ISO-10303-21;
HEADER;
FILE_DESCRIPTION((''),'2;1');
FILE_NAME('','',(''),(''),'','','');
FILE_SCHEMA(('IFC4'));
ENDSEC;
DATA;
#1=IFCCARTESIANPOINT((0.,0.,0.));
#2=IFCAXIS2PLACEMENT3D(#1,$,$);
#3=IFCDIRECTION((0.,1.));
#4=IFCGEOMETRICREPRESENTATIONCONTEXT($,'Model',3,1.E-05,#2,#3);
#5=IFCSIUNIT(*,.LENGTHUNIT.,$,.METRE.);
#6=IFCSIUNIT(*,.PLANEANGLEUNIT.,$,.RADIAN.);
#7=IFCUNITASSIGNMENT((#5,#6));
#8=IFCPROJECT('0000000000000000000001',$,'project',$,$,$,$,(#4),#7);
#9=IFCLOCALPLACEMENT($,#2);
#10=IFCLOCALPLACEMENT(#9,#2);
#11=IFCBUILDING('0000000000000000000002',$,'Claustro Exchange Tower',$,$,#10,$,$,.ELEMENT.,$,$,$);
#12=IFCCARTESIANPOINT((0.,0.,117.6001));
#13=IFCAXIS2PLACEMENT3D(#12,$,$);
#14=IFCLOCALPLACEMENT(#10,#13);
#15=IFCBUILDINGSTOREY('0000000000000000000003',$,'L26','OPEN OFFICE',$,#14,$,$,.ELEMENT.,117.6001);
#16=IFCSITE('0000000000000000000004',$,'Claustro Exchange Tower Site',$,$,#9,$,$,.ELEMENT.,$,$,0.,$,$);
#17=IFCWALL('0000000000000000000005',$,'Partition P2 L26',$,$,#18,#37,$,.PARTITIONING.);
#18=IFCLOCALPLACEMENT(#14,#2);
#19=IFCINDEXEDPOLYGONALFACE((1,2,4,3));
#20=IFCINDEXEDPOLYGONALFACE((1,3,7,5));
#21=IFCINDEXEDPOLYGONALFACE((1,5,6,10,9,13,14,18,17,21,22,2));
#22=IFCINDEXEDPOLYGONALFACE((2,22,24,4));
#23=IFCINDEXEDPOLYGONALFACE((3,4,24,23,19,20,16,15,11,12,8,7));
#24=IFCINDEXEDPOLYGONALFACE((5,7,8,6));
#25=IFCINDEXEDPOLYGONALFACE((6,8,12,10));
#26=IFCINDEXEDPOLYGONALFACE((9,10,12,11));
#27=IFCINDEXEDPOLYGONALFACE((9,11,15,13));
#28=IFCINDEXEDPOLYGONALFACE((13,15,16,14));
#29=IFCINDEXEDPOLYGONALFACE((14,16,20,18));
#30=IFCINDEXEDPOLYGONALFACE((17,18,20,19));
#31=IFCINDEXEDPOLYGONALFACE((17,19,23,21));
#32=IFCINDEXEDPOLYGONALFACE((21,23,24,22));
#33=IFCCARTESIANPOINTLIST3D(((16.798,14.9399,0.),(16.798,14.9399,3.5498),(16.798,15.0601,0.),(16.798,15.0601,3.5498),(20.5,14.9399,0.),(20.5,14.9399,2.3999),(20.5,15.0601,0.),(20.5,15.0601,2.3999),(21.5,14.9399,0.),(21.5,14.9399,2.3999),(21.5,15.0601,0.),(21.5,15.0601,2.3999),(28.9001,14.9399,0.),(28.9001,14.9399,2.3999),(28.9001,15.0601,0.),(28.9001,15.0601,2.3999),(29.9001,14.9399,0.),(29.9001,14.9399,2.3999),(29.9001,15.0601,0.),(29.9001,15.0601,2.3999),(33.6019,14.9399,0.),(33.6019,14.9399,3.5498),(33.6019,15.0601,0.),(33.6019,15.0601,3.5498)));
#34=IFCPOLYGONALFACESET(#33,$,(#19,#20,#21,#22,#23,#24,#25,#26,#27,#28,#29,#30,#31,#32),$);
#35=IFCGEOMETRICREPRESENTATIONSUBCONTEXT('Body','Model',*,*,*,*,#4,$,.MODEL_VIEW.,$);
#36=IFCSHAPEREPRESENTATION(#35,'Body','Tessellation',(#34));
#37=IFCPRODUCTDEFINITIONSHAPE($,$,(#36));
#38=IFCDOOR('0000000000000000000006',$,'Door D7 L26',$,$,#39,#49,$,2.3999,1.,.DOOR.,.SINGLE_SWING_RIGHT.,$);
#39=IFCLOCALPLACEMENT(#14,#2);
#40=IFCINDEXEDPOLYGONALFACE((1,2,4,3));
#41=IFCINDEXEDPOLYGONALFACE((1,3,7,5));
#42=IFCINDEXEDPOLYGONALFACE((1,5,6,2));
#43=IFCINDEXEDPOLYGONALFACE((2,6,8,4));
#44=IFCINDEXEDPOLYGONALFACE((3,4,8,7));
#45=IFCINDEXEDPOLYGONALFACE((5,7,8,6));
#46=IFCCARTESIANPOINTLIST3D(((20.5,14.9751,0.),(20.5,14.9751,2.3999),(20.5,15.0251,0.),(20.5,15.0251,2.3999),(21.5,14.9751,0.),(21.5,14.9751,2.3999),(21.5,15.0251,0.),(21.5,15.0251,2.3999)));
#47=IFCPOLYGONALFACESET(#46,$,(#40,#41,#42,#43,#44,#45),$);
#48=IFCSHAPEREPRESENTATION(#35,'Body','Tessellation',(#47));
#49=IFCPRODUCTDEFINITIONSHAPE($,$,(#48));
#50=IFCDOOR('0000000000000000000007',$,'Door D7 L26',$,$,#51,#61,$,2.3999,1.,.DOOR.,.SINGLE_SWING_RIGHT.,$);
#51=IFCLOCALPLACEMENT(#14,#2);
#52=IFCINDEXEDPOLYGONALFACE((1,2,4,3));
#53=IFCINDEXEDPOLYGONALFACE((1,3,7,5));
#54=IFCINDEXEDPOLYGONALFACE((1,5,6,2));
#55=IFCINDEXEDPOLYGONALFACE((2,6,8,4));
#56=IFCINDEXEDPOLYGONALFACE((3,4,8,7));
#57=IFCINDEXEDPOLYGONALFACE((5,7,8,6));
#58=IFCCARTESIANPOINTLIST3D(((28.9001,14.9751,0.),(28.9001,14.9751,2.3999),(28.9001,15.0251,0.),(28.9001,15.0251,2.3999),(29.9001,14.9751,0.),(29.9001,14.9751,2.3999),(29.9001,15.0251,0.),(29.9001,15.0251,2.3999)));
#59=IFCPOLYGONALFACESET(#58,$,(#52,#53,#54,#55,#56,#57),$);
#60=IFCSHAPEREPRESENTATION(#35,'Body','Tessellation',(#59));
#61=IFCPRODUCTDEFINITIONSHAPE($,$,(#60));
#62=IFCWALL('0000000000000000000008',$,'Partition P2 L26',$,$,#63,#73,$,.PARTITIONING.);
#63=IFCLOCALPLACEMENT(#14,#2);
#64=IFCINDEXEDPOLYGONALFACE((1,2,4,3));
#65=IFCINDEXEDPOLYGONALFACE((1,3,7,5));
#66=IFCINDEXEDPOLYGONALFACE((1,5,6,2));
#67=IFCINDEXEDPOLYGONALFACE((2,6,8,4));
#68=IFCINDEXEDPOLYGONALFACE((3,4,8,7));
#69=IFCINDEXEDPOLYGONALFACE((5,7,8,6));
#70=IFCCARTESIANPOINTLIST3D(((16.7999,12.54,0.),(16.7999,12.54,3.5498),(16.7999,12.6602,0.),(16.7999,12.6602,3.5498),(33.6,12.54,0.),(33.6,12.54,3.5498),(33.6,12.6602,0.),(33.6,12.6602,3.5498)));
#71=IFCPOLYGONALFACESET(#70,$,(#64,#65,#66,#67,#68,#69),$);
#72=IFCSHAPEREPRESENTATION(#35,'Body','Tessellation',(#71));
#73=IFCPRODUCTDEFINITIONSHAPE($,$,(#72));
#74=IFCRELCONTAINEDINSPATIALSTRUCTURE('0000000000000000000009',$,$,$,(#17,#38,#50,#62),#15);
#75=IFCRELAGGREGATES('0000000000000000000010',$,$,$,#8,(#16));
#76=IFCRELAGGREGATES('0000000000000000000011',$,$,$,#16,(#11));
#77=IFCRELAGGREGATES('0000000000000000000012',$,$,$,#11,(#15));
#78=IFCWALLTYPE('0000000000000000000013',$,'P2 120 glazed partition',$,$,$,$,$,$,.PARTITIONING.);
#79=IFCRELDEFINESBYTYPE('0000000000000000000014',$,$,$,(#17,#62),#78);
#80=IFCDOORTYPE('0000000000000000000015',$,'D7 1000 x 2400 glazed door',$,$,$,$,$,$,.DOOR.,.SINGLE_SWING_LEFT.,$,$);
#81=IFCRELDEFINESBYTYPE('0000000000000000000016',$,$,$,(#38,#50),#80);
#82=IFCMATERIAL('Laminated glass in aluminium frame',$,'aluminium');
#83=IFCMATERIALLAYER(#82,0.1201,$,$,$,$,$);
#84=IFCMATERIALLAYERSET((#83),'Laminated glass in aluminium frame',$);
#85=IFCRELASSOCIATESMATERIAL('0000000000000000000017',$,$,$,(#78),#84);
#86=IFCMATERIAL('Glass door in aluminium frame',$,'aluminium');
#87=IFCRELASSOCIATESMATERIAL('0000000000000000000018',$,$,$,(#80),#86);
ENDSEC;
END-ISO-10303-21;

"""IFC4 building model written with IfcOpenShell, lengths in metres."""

from ifc_helpers import new_model, si_unit, direction, frame, frame_2d, origin, place, context, subcontext, project, spatial, rectangle, extrude, material, layer, layer_set, type_object, element, fill, save


model = new_model("IFC4")

# Units and contexts
model_context = context("Model", 3, precision=1e-05, world=origin(), true_north=direction((0.0, 1.0)))
body_context = subcontext(model_context, "Body", "Model", "MODEL_VIEW")
ifc_project = project(units=[si_unit("LENGTHUNIT", "METRE"), si_unit("PLANEANGLEUNIT", "RADIAN")], contexts=[model_context])

# Site, building, storey
site_placement = place(None, origin())
site = spatial("IfcSite", under=ifc_project, at=site_placement, Name="Claustro Exchange Tower Site", CompositionType="ELEMENT", RefElevation=0.0)
building_placement = place(site_placement, origin())
building = spatial("IfcBuilding", under=site, at=building_placement, Name="Claustro Exchange Tower", CompositionType="ELEMENT")
storey_placement = place(building_placement, frame((0.0, 0.0, 117.6001)))
storey = spatial("IfcBuildingStorey", under=building, at=storey_placement, Name="L26", Description="OPEN OFFICE", CompositionType="ELEMENT", Elevation=117.6001)

# Shared definitions
ifc_material_1 = material(Name="Laminated glass in aluminium frame", Category="aluminium")
ifc_layer_1 = layer(ifc_material_1, 0.1201)
ifc_layer_set_1 = layer_set([ifc_layer_1], Name="Laminated glass in aluminium frame")
wall_type_1 = type_object("IfcWallType", Name="P2 120 glazed partition", PredefinedType="PARTITIONING", material=ifc_layer_set_1)

# Wall, openings, doors
wall_1_placement = place(storey_placement, frame((16.7981, 15.0, 0.0), z_axis=(0.0, 0.0, 1.0), x_axis=(1.0, 0.0, 0.0)))
wall_1 = element("IfcWall", 1, at=wall_1_placement, inside=storey, type_object=wall_type_1, Name="Partition P2 L26", PredefinedType="PARTITIONING", context=body_context, shape_type="SweptSolid", body=[
    extrude(rectangle(XDim=16.804, YDim=0.1201, at=frame_2d((8.4019, 0.0))), origin(), (0.0, 0.0, 1.0), 3.5498),
])
opening_1_placement = place(wall_1_placement, frame((3.7019, 0.0, 0.0)))
opening_1 = element("IfcOpeningElement", 2, at=opening_1_placement, cuts=wall_1, PredefinedType="OPENING", context=body_context, shape_type="SweptSolid", body=[
    extrude(rectangle(XDim=1.0, YDim=2.3999, at=frame_2d((0.5, 1.2))), frame((0.0, 0.0701, 0.0), z_axis=(0.0, -1.0, 0.0), x_axis=(1.0, 0.0, 0.0)), (0.0, 0.0, 1.0), 0.1401),
])
opening_2_placement = place(wall_1_placement, frame((12.1021, 0.0, 0.0)))
opening_2 = element("IfcOpeningElement", 3, at=opening_2_placement, cuts=wall_1, PredefinedType="OPENING", context=body_context, shape_type="SweptSolid", body=[
    extrude(rectangle(XDim=1.0, YDim=2.3999, at=frame_2d((0.5, 1.2))), frame((0.0, 0.0701, 0.0), z_axis=(0.0, -1.0, 0.0), x_axis=(1.0, 0.0, 0.0)), (0.0, 0.0, 1.0), 0.1401),
])
ifc_material_2 = material(Name="Glass door in aluminium frame", Category="aluminium")
door_type_1 = type_object("IfcDoorType", Name="D7 1000 x 2400 glazed door", OperationType="SINGLE_SWING_LEFT", PredefinedType="DOOR", material=ifc_material_2)
door_1_placement = place(opening_1_placement, frame((1.0, 0.0, 0.0), z_axis=(0.0, 0.0, 1.0), x_axis=(-1.0, 0.0, 0.0)))
door_1 = element("IfcDoor", 4, at=door_1_placement, inside=storey, type_object=door_type_1, Name="Door D7 L26", OperationType="SINGLE_SWING_RIGHT", OverallHeight=2.3999, OverallWidth=1.0, PredefinedType="DOOR", context=body_context, shape_type="SweptSolid", body=[
    extrude(rectangle(XDim=1.0, YDim=2.3999, at=frame_2d((0.5, 1.2))), frame((0.0, 0.0249, 0.0), z_axis=(0.0, -1.0, 0.0), x_axis=(1.0, 0.0, 0.0)), (0.0, 0.0, 1.0), 0.05),
])
fill(opening_1, door_1)
door_2_placement = place(opening_2_placement, frame((1.0, 0.0, 0.0), z_axis=(0.0, 0.0, 1.0), x_axis=(-1.0, 0.0, 0.0)))
door_2 = element("IfcDoor", 5, at=door_2_placement, inside=storey, type_object=door_type_1, Name="Door D7 L26", OperationType="SINGLE_SWING_RIGHT", OverallHeight=2.3999, OverallWidth=1.0, PredefinedType="DOOR", context=body_context, shape_type="SweptSolid", body=[
    extrude(rectangle(XDim=1.0, YDim=2.3999, at=frame_2d((0.5, 1.2))), frame((0.0, 0.0249, 0.0), z_axis=(0.0, -1.0, 0.0), x_axis=(1.0, 0.0, 0.0)), (0.0, 0.0, 1.0), 0.05),
])
fill(opening_2, door_2)

# Wall
wall_2_placement = place(storey_placement, frame((16.8, 12.6001, 0.0), z_axis=(0.0, 0.0, 1.0), x_axis=(1.0, 0.0, 0.0)))
element("IfcWall", 6, at=wall_2_placement, inside=storey, type_object=wall_type_1, Name="Partition P2 L26", PredefinedType="PARTITIONING", context=body_context, shape_type="SweptSolid", body=[
    extrude(rectangle(XDim=16.8, YDim=0.1201, at=frame_2d((8.3999, 0.0))), origin(), (0.0, 0.0, 1.0), 3.5498),
])

save(model, "model.ifc")
